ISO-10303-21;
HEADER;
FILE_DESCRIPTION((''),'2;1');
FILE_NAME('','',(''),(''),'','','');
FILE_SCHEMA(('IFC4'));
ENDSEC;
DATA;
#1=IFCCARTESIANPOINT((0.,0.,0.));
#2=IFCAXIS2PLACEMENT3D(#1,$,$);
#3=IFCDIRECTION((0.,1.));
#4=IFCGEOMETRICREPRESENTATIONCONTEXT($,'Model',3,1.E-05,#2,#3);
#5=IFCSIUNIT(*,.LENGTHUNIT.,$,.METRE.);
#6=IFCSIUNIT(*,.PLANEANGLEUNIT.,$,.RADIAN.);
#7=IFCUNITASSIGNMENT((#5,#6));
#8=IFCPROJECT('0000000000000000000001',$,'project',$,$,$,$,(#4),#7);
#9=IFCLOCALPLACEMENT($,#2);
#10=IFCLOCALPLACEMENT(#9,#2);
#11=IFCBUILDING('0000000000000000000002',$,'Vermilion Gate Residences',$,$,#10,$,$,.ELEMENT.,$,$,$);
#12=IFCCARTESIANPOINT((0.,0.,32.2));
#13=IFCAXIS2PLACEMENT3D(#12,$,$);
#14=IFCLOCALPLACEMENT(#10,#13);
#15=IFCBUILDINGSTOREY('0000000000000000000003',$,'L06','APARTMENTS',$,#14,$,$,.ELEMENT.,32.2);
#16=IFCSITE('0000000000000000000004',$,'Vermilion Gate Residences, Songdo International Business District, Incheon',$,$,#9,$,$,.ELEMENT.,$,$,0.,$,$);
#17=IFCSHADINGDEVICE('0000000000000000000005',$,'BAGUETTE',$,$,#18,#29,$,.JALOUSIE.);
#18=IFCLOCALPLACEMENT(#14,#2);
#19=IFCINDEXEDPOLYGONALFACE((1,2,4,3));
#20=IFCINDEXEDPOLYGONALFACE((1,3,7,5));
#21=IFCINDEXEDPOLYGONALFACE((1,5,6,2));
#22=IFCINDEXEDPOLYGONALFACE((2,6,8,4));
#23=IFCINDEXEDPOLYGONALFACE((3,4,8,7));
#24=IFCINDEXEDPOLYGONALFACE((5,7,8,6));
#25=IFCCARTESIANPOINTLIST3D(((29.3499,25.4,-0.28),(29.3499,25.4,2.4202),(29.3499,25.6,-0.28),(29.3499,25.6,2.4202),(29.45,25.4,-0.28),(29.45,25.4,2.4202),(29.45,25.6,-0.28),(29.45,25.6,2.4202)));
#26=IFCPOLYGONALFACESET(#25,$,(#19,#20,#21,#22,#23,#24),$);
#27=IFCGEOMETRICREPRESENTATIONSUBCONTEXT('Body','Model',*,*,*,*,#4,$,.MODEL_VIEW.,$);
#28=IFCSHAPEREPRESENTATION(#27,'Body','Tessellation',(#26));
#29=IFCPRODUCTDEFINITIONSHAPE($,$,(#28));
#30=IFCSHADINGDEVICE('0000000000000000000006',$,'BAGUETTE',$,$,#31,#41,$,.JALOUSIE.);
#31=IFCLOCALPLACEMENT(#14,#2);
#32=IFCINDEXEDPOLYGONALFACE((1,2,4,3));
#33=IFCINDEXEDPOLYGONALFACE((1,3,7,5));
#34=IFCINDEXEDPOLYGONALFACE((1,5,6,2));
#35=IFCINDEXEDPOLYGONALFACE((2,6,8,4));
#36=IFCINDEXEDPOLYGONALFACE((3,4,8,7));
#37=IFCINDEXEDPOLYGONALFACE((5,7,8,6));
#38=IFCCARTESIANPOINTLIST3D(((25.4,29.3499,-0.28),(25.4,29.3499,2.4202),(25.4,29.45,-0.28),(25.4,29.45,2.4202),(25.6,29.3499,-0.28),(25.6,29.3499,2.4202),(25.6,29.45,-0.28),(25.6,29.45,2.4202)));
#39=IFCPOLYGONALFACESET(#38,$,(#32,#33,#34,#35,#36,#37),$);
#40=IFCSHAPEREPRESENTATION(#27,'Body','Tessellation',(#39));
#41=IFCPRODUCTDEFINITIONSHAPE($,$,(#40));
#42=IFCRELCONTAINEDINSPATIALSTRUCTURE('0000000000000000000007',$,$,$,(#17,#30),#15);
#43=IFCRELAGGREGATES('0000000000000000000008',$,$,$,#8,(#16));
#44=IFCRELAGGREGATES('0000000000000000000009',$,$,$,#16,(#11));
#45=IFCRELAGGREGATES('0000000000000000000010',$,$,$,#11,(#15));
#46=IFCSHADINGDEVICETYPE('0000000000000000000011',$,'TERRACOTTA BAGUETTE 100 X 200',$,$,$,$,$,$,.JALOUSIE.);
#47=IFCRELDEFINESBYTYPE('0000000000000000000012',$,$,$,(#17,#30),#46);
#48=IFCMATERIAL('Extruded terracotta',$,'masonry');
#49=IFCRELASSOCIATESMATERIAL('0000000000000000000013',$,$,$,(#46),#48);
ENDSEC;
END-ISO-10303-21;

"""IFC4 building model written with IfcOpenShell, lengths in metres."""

from ifc_helpers import new_model, si_unit, direction, frame, origin, origin_2d, place, context, subcontext, project, spatial, rectangle, extrude, material, material_profile, profile_set, type_object, element, save


model = new_model("IFC4")

# Units and contexts
model_context = context("Model", 3, precision=1e-05, world=origin(), true_north=direction((0.0, 1.0)))
body_context = subcontext(model_context, "Body", "Model", "MODEL_VIEW")
ifc_project = project(units=[si_unit("LENGTHUNIT", "METRE"), si_unit("PLANEANGLEUNIT", "RADIAN")], contexts=[model_context])

# Site, building, storey
site_placement = place(None, origin())
site = spatial("IfcSite", under=ifc_project, at=site_placement, Name="Vermilion Gate Residences, Songdo International Business District, Incheon", CompositionType="ELEMENT", RefElevation=0.0)
building_placement = place(site_placement, origin())
building = spatial("IfcBuilding", under=site, at=building_placement, Name="Vermilion Gate Residences", CompositionType="ELEMENT")
storey_placement = place(building_placement, frame((0.0, 0.0, 32.2)))
storey = spatial("IfcBuildingStorey", under=building, at=storey_placement, Name="L06", Description="APARTMENTS", CompositionType="ELEMENT", Elevation=32.2)

# Shading devices
ifc_material_1 = material(Name="Extruded terracotta", Category="masonry")
ifc_material_profile_1 = material_profile(ifc_material_1, rectangle(XDim=0.2, YDim=0.1001, at=origin_2d()), Name="BAGUETTE 100 X 200")
ifc_profile_set_1 = profile_set([ifc_material_profile_1], Name="Extruded terracotta")
shading_device_type_1 = type_object("IfcShadingDeviceType", Name="TERRACOTTA BAGUETTE 100 X 200", PredefinedType="JALOUSIE", material=ifc_profile_set_1)
for number, where, z_axis, x_axis, name in (
    (1, (29.3999, 25.5, -0.28), (0.0, 0.0, 1.0), (0.0, -1.0, 0.0), "BAGUETTE"),
    (2, (25.5, 29.3999, -0.28), (0.0, 0.0, 1.0), (-1.0, 0.0, 0.0), "BAGUETTE"),
):
    element("IfcShadingDevice", number, at=place(storey_placement, frame(where, z_axis=z_axis, x_axis=x_axis)), inside=storey, type_object=shading_device_type_1, Name=name, PredefinedType="JALOUSIE", context=body_context, shape_type="SweptSolid", body=[
        extrude(rectangle(XDim=0.2, YDim=0.1001, at=origin_2d()), origin(), (0.0, 0.0, 1.0), 2.7002),
    ])

save(model, "model.ifc")
